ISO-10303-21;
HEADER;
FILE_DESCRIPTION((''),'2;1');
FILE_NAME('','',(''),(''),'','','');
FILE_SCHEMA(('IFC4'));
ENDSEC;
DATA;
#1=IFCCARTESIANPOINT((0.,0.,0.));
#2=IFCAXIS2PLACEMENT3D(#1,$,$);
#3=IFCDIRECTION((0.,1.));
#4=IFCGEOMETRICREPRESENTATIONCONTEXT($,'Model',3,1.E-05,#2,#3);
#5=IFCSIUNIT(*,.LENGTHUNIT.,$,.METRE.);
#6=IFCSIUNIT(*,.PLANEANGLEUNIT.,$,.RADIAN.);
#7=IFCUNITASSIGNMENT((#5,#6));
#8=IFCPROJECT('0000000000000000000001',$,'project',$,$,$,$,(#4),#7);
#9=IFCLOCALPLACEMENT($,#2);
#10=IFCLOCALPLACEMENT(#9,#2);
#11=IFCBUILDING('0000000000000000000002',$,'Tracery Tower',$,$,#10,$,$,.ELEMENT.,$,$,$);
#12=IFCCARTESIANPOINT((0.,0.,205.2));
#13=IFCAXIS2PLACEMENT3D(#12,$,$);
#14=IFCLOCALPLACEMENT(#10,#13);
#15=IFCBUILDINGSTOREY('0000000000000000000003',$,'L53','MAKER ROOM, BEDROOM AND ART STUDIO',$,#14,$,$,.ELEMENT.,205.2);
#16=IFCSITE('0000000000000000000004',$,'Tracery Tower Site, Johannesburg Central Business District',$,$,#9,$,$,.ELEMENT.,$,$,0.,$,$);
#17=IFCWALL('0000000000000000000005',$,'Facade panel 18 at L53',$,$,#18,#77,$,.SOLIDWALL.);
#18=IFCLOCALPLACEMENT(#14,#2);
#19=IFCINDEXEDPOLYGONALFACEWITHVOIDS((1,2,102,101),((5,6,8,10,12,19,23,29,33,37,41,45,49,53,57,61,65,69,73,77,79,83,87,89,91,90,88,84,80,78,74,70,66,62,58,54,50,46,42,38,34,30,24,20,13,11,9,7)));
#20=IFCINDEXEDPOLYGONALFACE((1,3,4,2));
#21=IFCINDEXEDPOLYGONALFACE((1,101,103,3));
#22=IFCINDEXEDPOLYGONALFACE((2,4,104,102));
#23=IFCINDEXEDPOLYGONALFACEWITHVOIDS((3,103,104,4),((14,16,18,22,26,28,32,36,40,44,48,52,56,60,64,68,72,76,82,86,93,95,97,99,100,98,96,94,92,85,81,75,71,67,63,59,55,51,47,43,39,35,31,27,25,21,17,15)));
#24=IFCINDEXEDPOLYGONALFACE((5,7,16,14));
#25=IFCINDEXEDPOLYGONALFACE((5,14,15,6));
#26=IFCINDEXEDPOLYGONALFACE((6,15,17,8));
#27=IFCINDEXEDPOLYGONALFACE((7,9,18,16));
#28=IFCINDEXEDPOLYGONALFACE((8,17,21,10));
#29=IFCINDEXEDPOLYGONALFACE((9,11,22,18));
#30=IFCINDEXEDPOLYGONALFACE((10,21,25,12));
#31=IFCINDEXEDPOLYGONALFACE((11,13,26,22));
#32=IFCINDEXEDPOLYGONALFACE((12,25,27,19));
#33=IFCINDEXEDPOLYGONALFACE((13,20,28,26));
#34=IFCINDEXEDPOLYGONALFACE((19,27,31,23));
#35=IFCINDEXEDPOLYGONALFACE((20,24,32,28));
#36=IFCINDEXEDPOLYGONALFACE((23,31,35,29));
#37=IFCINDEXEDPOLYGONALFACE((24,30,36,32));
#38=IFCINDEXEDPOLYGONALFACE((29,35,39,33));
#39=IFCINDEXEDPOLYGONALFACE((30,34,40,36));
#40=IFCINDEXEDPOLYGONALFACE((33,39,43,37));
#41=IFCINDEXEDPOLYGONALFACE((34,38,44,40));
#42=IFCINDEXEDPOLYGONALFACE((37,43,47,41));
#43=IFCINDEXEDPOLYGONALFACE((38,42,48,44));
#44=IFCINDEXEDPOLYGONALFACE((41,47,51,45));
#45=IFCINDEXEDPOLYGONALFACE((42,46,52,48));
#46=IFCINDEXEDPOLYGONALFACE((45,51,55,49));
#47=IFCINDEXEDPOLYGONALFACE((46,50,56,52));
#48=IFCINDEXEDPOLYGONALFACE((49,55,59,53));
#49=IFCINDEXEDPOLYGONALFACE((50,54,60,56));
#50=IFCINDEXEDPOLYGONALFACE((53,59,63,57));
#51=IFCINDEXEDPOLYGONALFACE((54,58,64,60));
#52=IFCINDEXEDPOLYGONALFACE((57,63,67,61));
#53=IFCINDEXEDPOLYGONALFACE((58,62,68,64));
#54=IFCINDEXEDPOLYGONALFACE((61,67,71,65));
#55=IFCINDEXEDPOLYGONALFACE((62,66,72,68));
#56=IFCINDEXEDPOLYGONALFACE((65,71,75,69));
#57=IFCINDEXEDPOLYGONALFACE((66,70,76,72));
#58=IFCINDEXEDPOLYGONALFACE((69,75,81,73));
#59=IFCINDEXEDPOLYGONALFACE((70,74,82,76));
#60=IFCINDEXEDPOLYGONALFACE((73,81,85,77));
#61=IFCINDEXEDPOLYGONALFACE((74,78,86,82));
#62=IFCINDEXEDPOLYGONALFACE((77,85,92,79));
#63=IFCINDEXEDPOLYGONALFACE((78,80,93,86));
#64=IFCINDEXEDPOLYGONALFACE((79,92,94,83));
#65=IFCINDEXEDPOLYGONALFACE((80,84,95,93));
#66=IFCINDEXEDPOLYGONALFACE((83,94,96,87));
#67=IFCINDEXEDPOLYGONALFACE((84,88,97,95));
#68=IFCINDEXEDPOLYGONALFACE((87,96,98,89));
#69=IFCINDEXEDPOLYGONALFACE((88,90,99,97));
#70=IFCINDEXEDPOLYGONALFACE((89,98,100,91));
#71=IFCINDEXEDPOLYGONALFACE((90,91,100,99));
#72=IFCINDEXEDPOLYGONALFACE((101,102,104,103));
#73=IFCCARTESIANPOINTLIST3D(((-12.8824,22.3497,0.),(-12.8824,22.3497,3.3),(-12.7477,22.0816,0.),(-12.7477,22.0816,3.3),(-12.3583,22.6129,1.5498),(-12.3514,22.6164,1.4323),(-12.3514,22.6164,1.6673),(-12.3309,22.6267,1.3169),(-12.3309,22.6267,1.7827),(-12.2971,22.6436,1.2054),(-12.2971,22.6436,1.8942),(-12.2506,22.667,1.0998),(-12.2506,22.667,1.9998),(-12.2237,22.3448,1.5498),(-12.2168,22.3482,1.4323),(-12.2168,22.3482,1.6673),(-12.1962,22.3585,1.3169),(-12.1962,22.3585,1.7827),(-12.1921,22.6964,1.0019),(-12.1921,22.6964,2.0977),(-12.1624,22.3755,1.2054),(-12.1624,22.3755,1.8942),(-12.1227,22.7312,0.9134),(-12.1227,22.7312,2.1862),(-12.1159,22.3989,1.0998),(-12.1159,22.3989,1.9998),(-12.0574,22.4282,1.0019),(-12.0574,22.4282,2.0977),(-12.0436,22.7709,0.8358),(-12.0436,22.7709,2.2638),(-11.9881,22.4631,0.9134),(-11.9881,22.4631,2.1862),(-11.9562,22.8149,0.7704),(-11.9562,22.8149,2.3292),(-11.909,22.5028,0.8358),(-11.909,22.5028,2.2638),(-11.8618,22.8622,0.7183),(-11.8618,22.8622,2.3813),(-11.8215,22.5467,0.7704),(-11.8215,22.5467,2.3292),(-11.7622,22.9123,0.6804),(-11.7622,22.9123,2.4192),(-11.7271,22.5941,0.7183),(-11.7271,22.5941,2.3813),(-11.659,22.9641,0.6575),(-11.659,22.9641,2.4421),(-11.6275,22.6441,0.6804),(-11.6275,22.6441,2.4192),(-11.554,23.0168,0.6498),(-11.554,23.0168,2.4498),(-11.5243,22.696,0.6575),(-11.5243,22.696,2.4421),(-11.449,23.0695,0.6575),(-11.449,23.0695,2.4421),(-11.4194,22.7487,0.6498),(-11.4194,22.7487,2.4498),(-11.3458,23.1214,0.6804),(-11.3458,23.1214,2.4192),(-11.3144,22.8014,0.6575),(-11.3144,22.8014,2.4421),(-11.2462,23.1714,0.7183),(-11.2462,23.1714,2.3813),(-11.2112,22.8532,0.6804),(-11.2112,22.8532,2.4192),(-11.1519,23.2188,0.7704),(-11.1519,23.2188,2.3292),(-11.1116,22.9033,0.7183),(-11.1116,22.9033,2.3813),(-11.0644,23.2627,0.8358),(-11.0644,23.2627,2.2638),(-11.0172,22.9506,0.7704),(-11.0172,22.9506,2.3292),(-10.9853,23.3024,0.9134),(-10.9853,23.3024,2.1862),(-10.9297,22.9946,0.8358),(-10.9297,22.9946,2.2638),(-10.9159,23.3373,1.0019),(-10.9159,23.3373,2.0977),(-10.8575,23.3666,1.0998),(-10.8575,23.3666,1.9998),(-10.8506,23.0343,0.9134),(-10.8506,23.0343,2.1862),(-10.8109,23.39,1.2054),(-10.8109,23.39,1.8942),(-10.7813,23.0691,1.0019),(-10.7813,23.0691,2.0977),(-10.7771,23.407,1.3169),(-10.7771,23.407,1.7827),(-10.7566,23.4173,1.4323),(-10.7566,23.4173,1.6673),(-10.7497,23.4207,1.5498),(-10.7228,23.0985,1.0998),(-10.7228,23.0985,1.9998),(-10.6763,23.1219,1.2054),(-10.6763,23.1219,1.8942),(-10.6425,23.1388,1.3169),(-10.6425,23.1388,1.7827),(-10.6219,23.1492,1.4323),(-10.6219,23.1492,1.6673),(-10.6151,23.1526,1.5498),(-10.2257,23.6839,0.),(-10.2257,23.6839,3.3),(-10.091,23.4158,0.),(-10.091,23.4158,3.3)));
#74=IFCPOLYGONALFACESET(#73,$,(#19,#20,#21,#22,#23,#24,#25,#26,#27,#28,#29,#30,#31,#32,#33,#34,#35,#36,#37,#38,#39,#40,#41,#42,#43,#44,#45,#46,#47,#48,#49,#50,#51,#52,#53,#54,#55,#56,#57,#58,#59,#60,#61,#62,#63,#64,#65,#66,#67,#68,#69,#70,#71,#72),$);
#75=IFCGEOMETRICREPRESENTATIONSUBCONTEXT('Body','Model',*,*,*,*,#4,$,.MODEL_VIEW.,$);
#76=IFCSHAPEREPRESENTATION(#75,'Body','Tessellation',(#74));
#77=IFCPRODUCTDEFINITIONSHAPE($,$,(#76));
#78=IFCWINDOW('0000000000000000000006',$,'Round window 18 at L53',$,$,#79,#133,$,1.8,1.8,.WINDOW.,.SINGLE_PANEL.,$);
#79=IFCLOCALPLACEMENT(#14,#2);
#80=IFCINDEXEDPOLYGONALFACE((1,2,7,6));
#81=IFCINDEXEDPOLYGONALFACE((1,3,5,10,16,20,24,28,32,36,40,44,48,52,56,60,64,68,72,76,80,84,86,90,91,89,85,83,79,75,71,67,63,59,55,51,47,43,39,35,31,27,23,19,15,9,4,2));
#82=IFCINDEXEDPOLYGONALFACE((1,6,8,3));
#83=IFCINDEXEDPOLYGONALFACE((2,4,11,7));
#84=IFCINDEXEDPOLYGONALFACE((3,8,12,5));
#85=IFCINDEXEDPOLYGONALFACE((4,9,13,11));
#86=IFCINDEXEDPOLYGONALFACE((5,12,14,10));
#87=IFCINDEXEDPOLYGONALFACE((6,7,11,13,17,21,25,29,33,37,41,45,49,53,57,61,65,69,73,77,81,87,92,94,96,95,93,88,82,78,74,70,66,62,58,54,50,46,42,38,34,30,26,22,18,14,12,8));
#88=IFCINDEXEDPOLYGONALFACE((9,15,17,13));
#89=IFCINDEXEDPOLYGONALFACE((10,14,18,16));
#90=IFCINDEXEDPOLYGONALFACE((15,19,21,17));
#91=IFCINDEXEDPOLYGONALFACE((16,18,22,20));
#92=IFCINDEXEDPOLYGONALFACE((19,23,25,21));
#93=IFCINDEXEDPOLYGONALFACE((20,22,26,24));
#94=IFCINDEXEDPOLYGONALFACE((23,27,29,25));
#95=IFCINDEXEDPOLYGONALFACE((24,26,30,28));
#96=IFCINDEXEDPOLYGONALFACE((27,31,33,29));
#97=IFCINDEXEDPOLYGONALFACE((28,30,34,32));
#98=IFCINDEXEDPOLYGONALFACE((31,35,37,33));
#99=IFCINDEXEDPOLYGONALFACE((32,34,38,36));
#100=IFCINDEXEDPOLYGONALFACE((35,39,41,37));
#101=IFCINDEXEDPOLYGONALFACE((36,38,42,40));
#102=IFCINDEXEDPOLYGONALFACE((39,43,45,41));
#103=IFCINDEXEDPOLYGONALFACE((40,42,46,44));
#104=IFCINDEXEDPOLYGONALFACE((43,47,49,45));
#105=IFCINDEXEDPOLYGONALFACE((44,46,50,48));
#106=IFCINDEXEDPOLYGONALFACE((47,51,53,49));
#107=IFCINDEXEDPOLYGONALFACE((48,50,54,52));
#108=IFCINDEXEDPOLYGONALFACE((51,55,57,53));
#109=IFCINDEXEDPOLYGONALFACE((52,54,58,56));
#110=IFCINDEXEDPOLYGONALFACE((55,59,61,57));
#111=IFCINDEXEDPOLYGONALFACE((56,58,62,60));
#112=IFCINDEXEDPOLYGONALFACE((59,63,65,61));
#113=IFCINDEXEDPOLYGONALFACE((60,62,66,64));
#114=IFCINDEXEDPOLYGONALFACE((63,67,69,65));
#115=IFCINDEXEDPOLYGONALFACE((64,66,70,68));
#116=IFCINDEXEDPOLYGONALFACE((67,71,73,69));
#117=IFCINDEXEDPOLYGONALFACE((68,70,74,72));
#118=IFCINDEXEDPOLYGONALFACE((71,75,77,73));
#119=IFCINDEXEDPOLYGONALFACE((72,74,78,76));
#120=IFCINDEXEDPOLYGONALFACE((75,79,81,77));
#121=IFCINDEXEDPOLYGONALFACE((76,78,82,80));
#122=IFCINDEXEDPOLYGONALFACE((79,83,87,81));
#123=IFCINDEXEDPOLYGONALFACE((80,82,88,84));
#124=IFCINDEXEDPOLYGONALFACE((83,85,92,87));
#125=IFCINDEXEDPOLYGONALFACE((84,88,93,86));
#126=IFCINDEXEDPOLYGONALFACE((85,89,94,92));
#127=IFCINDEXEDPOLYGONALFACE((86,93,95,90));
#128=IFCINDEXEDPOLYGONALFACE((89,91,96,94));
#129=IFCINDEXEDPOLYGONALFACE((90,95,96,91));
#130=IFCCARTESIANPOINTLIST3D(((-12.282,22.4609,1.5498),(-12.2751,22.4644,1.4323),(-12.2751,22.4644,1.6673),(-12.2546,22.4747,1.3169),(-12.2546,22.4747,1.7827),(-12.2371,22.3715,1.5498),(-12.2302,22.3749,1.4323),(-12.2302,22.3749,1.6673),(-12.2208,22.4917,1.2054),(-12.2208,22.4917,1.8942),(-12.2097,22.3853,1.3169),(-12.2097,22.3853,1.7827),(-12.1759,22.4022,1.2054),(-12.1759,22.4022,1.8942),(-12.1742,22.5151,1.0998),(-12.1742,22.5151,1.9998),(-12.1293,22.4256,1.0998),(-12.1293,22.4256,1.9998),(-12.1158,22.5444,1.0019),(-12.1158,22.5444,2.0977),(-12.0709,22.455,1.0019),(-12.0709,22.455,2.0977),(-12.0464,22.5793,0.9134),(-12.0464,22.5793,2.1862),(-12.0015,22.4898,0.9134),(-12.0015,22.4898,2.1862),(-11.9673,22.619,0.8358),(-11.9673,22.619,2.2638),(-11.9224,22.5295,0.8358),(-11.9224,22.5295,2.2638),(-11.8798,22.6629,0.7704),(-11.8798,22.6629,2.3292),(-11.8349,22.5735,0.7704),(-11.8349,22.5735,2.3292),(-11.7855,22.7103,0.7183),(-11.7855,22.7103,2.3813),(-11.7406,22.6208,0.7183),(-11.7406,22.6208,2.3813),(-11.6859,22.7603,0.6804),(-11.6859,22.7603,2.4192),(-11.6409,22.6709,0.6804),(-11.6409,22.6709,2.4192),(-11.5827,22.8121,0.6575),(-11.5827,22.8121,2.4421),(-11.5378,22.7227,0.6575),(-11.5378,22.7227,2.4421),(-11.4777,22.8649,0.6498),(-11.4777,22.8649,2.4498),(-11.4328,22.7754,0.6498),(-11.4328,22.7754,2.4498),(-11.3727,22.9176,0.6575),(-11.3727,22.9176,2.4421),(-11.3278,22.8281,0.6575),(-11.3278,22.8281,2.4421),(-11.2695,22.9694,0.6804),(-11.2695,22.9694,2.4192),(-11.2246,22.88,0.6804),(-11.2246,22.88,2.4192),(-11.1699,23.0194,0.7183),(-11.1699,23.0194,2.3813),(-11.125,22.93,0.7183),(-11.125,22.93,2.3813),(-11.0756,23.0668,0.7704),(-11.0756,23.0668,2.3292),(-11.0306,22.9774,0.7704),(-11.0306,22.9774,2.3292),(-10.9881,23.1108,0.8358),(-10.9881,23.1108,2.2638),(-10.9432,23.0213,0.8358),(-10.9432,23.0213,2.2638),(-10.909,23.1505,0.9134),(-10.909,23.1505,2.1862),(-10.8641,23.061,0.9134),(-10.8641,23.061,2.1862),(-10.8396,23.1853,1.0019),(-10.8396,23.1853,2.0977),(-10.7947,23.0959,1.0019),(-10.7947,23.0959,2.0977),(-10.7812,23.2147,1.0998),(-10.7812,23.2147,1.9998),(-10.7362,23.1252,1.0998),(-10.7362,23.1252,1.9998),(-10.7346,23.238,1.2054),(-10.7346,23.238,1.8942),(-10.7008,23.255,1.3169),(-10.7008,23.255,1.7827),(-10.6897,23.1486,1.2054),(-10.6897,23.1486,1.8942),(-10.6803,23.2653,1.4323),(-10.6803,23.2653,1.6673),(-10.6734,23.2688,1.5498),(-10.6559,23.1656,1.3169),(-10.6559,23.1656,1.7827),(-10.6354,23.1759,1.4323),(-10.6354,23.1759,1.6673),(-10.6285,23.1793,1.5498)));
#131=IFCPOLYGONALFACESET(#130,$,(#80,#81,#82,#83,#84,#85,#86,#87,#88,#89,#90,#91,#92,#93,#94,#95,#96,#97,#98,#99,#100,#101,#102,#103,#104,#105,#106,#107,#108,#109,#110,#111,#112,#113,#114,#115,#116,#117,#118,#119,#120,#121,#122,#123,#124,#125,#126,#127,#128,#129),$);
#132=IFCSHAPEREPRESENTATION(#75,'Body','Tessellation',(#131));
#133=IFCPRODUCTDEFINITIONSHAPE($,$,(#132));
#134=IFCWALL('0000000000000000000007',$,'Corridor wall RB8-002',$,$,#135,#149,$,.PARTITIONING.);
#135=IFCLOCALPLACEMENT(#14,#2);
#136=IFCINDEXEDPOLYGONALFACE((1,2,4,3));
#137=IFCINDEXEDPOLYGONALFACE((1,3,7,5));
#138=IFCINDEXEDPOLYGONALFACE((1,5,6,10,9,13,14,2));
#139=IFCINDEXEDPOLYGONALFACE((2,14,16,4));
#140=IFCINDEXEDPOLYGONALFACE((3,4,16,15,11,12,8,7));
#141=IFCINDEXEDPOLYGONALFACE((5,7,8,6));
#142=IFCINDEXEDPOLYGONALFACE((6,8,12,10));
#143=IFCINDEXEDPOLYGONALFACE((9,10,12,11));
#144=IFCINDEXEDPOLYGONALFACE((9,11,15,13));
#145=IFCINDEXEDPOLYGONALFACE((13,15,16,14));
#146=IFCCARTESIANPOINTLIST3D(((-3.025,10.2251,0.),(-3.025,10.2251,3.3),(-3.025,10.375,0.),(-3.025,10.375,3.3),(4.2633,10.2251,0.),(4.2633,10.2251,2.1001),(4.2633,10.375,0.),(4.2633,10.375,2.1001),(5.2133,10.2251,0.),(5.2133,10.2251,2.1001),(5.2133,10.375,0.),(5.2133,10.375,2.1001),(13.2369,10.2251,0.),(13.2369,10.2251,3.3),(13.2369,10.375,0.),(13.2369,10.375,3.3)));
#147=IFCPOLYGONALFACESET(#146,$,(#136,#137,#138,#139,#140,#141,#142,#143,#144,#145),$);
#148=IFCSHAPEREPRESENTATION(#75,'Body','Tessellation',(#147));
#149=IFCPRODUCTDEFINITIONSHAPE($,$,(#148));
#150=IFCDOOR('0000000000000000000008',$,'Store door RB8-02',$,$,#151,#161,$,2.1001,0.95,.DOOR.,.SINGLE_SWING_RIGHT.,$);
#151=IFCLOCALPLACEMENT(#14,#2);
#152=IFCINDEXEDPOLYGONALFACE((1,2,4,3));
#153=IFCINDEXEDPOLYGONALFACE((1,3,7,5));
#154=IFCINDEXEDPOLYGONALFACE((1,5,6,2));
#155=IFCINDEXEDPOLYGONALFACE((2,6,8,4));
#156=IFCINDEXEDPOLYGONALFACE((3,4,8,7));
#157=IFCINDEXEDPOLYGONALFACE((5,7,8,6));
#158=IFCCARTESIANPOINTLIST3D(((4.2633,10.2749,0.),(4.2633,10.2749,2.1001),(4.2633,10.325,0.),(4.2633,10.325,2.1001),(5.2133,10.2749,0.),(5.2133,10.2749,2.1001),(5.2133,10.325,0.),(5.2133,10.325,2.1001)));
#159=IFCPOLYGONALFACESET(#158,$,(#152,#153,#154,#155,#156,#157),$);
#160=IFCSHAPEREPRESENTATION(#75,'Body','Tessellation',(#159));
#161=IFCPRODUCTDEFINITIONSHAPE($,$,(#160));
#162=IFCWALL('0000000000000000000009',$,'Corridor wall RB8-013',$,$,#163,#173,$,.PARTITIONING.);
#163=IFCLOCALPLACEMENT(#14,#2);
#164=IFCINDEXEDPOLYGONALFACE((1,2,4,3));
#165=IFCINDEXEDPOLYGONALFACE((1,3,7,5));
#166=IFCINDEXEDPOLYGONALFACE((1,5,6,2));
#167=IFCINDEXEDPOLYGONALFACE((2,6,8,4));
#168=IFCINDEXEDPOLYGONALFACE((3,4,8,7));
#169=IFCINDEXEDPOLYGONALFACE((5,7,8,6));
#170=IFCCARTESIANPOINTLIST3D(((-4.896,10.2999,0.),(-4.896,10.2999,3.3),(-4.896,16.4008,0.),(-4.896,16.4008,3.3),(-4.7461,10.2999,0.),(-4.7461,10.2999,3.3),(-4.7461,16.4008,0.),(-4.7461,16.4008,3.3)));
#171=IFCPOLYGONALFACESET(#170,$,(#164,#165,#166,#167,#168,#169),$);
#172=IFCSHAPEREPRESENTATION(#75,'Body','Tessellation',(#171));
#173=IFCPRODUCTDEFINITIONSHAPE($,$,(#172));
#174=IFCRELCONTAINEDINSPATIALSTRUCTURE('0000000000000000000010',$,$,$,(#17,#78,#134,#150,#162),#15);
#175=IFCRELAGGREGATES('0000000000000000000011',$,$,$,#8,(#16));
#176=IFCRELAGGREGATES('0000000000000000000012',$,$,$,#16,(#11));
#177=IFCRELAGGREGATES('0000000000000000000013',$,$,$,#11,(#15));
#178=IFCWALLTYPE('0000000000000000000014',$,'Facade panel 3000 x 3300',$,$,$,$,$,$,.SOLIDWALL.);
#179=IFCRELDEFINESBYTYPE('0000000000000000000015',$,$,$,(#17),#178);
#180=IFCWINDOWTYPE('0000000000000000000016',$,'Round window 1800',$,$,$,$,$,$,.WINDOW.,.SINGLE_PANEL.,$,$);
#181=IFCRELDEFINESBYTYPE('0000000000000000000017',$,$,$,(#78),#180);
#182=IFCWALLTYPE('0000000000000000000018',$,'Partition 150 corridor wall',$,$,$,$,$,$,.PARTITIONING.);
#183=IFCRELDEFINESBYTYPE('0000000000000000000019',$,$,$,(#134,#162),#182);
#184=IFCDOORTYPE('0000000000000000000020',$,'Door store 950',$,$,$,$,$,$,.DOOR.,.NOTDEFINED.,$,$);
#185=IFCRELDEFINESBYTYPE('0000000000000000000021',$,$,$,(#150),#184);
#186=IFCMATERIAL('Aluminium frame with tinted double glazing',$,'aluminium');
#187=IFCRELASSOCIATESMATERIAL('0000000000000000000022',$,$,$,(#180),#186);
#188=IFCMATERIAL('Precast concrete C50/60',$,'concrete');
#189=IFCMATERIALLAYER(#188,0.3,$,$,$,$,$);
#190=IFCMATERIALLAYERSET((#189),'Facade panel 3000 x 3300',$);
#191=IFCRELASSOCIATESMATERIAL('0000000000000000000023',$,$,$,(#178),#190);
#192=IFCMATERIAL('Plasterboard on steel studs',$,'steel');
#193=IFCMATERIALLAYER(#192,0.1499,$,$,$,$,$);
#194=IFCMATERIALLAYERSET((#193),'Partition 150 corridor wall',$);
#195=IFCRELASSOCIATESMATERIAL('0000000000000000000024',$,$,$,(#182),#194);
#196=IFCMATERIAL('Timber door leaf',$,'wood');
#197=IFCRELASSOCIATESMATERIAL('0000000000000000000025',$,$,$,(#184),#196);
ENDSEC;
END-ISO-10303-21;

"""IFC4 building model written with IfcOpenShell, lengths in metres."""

from ifc_helpers import new_model, si_unit, direction, frame, frame_2d, origin, origin_2d, place, context, subcontext, project, spatial, rectangle, circle, extrude, material, layer, layer_set, type_object, element, fill, save


model = new_model("IFC4")

# Units and contexts
model_context = context("Model", 3, precision=1e-05, world=origin(), true_north=direction((0.0, 1.0)))
body_context = subcontext(model_context, "Body", "Model", "MODEL_VIEW")
ifc_project = project(units=[si_unit("LENGTHUNIT", "METRE"), si_unit("PLANEANGLEUNIT", "RADIAN")], contexts=[model_context])

# Site, building, storey
site_placement = place(None, origin())
site = spatial("IfcSite", under=ifc_project, at=site_placement, Name="Tracery Tower Site, Johannesburg Central Business District", CompositionType="ELEMENT", RefElevation=0.0)
building_placement = place(site_placement, origin())
building = spatial("IfcBuilding", under=site, at=building_placement, Name="Tracery Tower", CompositionType="ELEMENT")
storey_placement = place(building_placement, frame((0.0, 0.0, 205.2)))
storey = spatial("IfcBuildingStorey", under=building, at=storey_placement, Name="L53", Description="MAKER ROOM, BEDROOM AND ART STUDIO", CompositionType="ELEMENT", Elevation=205.2)

# Wall, opening, window
ifc_material_1 = material(Name="Aluminium frame with tinted double glazing", Category="aluminium")
window_type = type_object("IfcWindowType", Name="Round window 1800", PartitioningType="SINGLE_PANEL", PredefinedType="WINDOW", material=ifc_material_1)
ifc_material_2 = material(Name="Precast concrete C50/60", Category="concrete")
ifc_layer_1 = layer(ifc_material_2, 0.3)
ifc_layer_set_1 = layer_set([ifc_layer_1], Name="Facade panel 3000 x 3300")
wall_type_1 = type_object("IfcWallType", Name="Facade panel 3000 x 3300", PredefinedType="SOLIDWALL", material=ifc_layer_set_1)
wall_1_placement = place(storey_placement, frame((-10.1584, 23.5498, 0.0), z_axis=(0.0, 0.0, 1.0), x_axis=(-0.893637, -0.44879, 0.0)))
wall_1 = element("IfcWall", 1, at=wall_1_placement, inside=storey, type_object=wall_type_1, Name="Facade panel 18 at L53", PredefinedType="SOLIDWALL", context=body_context, shape_type="SweptSolid", body=[
    extrude(rectangle(XDim=2.9729, YDim=0.3, at=frame_2d((1.4863, 0.0))), origin(), (0.0, 0.0, 1.0), 3.3),
])
opening_1_placement = place(wall_1_placement, frame((1.4863, 0.0, 1.5498)))
opening_1 = element("IfcOpeningElement", 2, at=opening_1_placement, cuts=wall_1, PredefinedType="OPENING", context=body_context, shape_type="SweptSolid", body=[
    extrude(circle(Radius=0.9, at=origin_2d()), frame((0.0, 0.1599, 0.0), z_axis=(0.0, -1.0, 0.0), x_axis=(1.0, 0.0, 0.0)), (0.0, 0.0, 1.0), 0.3201),
])
window_1_placement = place(opening_1_placement, origin())
window_1 = element("IfcWindow", 3, at=window_1_placement, inside=storey, type_object=window_type, Name="Round window 18 at L53", OverallHeight=1.8, OverallWidth=1.8, PartitioningType="SINGLE_PANEL", PredefinedType="WINDOW", context=body_context, shape_type="SweptSolid", body=[
    extrude(circle(Radius=0.9, at=origin_2d()), frame((0.0, 0.1201, 0.0), z_axis=(0.0, -1.0, 0.0), x_axis=(1.0, 0.0, 0.0)), (0.0, 0.0, 1.0), 0.1001),
])
fill(opening_1, window_1)

# Wall, opening, door
ifc_material_3 = material(Name="Plasterboard on steel studs", Category="steel")
ifc_layer_2 = layer(ifc_material_3, 0.1499)
ifc_layer_set_2 = layer_set([ifc_layer_2], Name="Partition 150 corridor wall")
wall_type_2 = type_object("IfcWallType", Name="Partition 150 corridor wall", PredefinedType="PARTITIONING", material=ifc_layer_set_2)
wall_2_placement = place(storey_placement, frame((-3.0249, 10.3, 0.0), z_axis=(0.0, 0.0, 1.0), x_axis=(1.0, 0.0, 0.0)))
wall_2 = element("IfcWall", 4, at=wall_2_placement, inside=storey, type_object=wall_type_2, Name="Corridor wall RB8-002", PredefinedType="PARTITIONING", context=body_context, shape_type="SweptSolid", body=[
    extrude(rectangle(XDim=16.262, YDim=0.1499, at=frame_2d((8.1309, 0.0))), origin(), (0.0, 0.0, 1.0), 3.3),
])
opening_2_placement = place(wall_2_placement, frame((7.2881, 0.0, 0.0)))
opening_2 = element("IfcOpeningElement", 5, at=opening_2_placement, cuts=wall_2, PredefinedType="OPENING", context=body_context, shape_type="SweptSolid", body=[
    extrude(rectangle(XDim=0.95, YDim=2.1001, at=frame_2d((0.4751, 1.05))), frame((0.0, 0.075, 0.0), z_axis=(0.0, -1.0, 0.0), x_axis=(1.0, 0.0, 0.0)), (0.0, 0.0, 1.0), 0.1499),
])
ifc_material_4 = material(Name="Timber door leaf", Category="wood")
door_type_1 = type_object("IfcDoorType", Name="Door store 950", OperationType="NOTDEFINED", PredefinedType="DOOR", material=ifc_material_4)
door_1_placement = place(opening_2_placement, origin())
door_1 = element("IfcDoor", 6, at=door_1_placement, inside=storey, type_object=door_type_1, Name="Store door RB8-02", OperationType="SINGLE_SWING_RIGHT", OverallHeight=2.1001, OverallWidth=0.95, PredefinedType="DOOR", context=body_context, shape_type="SweptSolid", body=[
    extrude(rectangle(XDim=0.95, YDim=2.1001, at=frame_2d((0.4751, 1.05))), frame((0.0, 0.0249, 0.0), z_axis=(0.0, -1.0, 0.0), x_axis=(1.0, 0.0, 0.0)), (0.0, 0.0, 1.0), 0.05),
])
fill(opening_2, door_1)

# Wall
wall_3_placement = place(storey_placement, frame((-4.821, 10.3, 0.0), z_axis=(0.0, 0.0, 1.0), x_axis=(0.0, 1.0, 0.0)))
element("IfcWall", 7, at=wall_3_placement, inside=storey, type_object=wall_type_2, Name="Corridor wall RB8-013", PredefinedType="PARTITIONING", context=body_context, shape_type="SweptSolid", body=[
    extrude(rectangle(XDim=6.1008, YDim=0.1499, at=frame_2d((3.0503, 0.0))), origin(), (0.0, 0.0, 1.0), 3.3),
])

save(model, "model.ifc")
